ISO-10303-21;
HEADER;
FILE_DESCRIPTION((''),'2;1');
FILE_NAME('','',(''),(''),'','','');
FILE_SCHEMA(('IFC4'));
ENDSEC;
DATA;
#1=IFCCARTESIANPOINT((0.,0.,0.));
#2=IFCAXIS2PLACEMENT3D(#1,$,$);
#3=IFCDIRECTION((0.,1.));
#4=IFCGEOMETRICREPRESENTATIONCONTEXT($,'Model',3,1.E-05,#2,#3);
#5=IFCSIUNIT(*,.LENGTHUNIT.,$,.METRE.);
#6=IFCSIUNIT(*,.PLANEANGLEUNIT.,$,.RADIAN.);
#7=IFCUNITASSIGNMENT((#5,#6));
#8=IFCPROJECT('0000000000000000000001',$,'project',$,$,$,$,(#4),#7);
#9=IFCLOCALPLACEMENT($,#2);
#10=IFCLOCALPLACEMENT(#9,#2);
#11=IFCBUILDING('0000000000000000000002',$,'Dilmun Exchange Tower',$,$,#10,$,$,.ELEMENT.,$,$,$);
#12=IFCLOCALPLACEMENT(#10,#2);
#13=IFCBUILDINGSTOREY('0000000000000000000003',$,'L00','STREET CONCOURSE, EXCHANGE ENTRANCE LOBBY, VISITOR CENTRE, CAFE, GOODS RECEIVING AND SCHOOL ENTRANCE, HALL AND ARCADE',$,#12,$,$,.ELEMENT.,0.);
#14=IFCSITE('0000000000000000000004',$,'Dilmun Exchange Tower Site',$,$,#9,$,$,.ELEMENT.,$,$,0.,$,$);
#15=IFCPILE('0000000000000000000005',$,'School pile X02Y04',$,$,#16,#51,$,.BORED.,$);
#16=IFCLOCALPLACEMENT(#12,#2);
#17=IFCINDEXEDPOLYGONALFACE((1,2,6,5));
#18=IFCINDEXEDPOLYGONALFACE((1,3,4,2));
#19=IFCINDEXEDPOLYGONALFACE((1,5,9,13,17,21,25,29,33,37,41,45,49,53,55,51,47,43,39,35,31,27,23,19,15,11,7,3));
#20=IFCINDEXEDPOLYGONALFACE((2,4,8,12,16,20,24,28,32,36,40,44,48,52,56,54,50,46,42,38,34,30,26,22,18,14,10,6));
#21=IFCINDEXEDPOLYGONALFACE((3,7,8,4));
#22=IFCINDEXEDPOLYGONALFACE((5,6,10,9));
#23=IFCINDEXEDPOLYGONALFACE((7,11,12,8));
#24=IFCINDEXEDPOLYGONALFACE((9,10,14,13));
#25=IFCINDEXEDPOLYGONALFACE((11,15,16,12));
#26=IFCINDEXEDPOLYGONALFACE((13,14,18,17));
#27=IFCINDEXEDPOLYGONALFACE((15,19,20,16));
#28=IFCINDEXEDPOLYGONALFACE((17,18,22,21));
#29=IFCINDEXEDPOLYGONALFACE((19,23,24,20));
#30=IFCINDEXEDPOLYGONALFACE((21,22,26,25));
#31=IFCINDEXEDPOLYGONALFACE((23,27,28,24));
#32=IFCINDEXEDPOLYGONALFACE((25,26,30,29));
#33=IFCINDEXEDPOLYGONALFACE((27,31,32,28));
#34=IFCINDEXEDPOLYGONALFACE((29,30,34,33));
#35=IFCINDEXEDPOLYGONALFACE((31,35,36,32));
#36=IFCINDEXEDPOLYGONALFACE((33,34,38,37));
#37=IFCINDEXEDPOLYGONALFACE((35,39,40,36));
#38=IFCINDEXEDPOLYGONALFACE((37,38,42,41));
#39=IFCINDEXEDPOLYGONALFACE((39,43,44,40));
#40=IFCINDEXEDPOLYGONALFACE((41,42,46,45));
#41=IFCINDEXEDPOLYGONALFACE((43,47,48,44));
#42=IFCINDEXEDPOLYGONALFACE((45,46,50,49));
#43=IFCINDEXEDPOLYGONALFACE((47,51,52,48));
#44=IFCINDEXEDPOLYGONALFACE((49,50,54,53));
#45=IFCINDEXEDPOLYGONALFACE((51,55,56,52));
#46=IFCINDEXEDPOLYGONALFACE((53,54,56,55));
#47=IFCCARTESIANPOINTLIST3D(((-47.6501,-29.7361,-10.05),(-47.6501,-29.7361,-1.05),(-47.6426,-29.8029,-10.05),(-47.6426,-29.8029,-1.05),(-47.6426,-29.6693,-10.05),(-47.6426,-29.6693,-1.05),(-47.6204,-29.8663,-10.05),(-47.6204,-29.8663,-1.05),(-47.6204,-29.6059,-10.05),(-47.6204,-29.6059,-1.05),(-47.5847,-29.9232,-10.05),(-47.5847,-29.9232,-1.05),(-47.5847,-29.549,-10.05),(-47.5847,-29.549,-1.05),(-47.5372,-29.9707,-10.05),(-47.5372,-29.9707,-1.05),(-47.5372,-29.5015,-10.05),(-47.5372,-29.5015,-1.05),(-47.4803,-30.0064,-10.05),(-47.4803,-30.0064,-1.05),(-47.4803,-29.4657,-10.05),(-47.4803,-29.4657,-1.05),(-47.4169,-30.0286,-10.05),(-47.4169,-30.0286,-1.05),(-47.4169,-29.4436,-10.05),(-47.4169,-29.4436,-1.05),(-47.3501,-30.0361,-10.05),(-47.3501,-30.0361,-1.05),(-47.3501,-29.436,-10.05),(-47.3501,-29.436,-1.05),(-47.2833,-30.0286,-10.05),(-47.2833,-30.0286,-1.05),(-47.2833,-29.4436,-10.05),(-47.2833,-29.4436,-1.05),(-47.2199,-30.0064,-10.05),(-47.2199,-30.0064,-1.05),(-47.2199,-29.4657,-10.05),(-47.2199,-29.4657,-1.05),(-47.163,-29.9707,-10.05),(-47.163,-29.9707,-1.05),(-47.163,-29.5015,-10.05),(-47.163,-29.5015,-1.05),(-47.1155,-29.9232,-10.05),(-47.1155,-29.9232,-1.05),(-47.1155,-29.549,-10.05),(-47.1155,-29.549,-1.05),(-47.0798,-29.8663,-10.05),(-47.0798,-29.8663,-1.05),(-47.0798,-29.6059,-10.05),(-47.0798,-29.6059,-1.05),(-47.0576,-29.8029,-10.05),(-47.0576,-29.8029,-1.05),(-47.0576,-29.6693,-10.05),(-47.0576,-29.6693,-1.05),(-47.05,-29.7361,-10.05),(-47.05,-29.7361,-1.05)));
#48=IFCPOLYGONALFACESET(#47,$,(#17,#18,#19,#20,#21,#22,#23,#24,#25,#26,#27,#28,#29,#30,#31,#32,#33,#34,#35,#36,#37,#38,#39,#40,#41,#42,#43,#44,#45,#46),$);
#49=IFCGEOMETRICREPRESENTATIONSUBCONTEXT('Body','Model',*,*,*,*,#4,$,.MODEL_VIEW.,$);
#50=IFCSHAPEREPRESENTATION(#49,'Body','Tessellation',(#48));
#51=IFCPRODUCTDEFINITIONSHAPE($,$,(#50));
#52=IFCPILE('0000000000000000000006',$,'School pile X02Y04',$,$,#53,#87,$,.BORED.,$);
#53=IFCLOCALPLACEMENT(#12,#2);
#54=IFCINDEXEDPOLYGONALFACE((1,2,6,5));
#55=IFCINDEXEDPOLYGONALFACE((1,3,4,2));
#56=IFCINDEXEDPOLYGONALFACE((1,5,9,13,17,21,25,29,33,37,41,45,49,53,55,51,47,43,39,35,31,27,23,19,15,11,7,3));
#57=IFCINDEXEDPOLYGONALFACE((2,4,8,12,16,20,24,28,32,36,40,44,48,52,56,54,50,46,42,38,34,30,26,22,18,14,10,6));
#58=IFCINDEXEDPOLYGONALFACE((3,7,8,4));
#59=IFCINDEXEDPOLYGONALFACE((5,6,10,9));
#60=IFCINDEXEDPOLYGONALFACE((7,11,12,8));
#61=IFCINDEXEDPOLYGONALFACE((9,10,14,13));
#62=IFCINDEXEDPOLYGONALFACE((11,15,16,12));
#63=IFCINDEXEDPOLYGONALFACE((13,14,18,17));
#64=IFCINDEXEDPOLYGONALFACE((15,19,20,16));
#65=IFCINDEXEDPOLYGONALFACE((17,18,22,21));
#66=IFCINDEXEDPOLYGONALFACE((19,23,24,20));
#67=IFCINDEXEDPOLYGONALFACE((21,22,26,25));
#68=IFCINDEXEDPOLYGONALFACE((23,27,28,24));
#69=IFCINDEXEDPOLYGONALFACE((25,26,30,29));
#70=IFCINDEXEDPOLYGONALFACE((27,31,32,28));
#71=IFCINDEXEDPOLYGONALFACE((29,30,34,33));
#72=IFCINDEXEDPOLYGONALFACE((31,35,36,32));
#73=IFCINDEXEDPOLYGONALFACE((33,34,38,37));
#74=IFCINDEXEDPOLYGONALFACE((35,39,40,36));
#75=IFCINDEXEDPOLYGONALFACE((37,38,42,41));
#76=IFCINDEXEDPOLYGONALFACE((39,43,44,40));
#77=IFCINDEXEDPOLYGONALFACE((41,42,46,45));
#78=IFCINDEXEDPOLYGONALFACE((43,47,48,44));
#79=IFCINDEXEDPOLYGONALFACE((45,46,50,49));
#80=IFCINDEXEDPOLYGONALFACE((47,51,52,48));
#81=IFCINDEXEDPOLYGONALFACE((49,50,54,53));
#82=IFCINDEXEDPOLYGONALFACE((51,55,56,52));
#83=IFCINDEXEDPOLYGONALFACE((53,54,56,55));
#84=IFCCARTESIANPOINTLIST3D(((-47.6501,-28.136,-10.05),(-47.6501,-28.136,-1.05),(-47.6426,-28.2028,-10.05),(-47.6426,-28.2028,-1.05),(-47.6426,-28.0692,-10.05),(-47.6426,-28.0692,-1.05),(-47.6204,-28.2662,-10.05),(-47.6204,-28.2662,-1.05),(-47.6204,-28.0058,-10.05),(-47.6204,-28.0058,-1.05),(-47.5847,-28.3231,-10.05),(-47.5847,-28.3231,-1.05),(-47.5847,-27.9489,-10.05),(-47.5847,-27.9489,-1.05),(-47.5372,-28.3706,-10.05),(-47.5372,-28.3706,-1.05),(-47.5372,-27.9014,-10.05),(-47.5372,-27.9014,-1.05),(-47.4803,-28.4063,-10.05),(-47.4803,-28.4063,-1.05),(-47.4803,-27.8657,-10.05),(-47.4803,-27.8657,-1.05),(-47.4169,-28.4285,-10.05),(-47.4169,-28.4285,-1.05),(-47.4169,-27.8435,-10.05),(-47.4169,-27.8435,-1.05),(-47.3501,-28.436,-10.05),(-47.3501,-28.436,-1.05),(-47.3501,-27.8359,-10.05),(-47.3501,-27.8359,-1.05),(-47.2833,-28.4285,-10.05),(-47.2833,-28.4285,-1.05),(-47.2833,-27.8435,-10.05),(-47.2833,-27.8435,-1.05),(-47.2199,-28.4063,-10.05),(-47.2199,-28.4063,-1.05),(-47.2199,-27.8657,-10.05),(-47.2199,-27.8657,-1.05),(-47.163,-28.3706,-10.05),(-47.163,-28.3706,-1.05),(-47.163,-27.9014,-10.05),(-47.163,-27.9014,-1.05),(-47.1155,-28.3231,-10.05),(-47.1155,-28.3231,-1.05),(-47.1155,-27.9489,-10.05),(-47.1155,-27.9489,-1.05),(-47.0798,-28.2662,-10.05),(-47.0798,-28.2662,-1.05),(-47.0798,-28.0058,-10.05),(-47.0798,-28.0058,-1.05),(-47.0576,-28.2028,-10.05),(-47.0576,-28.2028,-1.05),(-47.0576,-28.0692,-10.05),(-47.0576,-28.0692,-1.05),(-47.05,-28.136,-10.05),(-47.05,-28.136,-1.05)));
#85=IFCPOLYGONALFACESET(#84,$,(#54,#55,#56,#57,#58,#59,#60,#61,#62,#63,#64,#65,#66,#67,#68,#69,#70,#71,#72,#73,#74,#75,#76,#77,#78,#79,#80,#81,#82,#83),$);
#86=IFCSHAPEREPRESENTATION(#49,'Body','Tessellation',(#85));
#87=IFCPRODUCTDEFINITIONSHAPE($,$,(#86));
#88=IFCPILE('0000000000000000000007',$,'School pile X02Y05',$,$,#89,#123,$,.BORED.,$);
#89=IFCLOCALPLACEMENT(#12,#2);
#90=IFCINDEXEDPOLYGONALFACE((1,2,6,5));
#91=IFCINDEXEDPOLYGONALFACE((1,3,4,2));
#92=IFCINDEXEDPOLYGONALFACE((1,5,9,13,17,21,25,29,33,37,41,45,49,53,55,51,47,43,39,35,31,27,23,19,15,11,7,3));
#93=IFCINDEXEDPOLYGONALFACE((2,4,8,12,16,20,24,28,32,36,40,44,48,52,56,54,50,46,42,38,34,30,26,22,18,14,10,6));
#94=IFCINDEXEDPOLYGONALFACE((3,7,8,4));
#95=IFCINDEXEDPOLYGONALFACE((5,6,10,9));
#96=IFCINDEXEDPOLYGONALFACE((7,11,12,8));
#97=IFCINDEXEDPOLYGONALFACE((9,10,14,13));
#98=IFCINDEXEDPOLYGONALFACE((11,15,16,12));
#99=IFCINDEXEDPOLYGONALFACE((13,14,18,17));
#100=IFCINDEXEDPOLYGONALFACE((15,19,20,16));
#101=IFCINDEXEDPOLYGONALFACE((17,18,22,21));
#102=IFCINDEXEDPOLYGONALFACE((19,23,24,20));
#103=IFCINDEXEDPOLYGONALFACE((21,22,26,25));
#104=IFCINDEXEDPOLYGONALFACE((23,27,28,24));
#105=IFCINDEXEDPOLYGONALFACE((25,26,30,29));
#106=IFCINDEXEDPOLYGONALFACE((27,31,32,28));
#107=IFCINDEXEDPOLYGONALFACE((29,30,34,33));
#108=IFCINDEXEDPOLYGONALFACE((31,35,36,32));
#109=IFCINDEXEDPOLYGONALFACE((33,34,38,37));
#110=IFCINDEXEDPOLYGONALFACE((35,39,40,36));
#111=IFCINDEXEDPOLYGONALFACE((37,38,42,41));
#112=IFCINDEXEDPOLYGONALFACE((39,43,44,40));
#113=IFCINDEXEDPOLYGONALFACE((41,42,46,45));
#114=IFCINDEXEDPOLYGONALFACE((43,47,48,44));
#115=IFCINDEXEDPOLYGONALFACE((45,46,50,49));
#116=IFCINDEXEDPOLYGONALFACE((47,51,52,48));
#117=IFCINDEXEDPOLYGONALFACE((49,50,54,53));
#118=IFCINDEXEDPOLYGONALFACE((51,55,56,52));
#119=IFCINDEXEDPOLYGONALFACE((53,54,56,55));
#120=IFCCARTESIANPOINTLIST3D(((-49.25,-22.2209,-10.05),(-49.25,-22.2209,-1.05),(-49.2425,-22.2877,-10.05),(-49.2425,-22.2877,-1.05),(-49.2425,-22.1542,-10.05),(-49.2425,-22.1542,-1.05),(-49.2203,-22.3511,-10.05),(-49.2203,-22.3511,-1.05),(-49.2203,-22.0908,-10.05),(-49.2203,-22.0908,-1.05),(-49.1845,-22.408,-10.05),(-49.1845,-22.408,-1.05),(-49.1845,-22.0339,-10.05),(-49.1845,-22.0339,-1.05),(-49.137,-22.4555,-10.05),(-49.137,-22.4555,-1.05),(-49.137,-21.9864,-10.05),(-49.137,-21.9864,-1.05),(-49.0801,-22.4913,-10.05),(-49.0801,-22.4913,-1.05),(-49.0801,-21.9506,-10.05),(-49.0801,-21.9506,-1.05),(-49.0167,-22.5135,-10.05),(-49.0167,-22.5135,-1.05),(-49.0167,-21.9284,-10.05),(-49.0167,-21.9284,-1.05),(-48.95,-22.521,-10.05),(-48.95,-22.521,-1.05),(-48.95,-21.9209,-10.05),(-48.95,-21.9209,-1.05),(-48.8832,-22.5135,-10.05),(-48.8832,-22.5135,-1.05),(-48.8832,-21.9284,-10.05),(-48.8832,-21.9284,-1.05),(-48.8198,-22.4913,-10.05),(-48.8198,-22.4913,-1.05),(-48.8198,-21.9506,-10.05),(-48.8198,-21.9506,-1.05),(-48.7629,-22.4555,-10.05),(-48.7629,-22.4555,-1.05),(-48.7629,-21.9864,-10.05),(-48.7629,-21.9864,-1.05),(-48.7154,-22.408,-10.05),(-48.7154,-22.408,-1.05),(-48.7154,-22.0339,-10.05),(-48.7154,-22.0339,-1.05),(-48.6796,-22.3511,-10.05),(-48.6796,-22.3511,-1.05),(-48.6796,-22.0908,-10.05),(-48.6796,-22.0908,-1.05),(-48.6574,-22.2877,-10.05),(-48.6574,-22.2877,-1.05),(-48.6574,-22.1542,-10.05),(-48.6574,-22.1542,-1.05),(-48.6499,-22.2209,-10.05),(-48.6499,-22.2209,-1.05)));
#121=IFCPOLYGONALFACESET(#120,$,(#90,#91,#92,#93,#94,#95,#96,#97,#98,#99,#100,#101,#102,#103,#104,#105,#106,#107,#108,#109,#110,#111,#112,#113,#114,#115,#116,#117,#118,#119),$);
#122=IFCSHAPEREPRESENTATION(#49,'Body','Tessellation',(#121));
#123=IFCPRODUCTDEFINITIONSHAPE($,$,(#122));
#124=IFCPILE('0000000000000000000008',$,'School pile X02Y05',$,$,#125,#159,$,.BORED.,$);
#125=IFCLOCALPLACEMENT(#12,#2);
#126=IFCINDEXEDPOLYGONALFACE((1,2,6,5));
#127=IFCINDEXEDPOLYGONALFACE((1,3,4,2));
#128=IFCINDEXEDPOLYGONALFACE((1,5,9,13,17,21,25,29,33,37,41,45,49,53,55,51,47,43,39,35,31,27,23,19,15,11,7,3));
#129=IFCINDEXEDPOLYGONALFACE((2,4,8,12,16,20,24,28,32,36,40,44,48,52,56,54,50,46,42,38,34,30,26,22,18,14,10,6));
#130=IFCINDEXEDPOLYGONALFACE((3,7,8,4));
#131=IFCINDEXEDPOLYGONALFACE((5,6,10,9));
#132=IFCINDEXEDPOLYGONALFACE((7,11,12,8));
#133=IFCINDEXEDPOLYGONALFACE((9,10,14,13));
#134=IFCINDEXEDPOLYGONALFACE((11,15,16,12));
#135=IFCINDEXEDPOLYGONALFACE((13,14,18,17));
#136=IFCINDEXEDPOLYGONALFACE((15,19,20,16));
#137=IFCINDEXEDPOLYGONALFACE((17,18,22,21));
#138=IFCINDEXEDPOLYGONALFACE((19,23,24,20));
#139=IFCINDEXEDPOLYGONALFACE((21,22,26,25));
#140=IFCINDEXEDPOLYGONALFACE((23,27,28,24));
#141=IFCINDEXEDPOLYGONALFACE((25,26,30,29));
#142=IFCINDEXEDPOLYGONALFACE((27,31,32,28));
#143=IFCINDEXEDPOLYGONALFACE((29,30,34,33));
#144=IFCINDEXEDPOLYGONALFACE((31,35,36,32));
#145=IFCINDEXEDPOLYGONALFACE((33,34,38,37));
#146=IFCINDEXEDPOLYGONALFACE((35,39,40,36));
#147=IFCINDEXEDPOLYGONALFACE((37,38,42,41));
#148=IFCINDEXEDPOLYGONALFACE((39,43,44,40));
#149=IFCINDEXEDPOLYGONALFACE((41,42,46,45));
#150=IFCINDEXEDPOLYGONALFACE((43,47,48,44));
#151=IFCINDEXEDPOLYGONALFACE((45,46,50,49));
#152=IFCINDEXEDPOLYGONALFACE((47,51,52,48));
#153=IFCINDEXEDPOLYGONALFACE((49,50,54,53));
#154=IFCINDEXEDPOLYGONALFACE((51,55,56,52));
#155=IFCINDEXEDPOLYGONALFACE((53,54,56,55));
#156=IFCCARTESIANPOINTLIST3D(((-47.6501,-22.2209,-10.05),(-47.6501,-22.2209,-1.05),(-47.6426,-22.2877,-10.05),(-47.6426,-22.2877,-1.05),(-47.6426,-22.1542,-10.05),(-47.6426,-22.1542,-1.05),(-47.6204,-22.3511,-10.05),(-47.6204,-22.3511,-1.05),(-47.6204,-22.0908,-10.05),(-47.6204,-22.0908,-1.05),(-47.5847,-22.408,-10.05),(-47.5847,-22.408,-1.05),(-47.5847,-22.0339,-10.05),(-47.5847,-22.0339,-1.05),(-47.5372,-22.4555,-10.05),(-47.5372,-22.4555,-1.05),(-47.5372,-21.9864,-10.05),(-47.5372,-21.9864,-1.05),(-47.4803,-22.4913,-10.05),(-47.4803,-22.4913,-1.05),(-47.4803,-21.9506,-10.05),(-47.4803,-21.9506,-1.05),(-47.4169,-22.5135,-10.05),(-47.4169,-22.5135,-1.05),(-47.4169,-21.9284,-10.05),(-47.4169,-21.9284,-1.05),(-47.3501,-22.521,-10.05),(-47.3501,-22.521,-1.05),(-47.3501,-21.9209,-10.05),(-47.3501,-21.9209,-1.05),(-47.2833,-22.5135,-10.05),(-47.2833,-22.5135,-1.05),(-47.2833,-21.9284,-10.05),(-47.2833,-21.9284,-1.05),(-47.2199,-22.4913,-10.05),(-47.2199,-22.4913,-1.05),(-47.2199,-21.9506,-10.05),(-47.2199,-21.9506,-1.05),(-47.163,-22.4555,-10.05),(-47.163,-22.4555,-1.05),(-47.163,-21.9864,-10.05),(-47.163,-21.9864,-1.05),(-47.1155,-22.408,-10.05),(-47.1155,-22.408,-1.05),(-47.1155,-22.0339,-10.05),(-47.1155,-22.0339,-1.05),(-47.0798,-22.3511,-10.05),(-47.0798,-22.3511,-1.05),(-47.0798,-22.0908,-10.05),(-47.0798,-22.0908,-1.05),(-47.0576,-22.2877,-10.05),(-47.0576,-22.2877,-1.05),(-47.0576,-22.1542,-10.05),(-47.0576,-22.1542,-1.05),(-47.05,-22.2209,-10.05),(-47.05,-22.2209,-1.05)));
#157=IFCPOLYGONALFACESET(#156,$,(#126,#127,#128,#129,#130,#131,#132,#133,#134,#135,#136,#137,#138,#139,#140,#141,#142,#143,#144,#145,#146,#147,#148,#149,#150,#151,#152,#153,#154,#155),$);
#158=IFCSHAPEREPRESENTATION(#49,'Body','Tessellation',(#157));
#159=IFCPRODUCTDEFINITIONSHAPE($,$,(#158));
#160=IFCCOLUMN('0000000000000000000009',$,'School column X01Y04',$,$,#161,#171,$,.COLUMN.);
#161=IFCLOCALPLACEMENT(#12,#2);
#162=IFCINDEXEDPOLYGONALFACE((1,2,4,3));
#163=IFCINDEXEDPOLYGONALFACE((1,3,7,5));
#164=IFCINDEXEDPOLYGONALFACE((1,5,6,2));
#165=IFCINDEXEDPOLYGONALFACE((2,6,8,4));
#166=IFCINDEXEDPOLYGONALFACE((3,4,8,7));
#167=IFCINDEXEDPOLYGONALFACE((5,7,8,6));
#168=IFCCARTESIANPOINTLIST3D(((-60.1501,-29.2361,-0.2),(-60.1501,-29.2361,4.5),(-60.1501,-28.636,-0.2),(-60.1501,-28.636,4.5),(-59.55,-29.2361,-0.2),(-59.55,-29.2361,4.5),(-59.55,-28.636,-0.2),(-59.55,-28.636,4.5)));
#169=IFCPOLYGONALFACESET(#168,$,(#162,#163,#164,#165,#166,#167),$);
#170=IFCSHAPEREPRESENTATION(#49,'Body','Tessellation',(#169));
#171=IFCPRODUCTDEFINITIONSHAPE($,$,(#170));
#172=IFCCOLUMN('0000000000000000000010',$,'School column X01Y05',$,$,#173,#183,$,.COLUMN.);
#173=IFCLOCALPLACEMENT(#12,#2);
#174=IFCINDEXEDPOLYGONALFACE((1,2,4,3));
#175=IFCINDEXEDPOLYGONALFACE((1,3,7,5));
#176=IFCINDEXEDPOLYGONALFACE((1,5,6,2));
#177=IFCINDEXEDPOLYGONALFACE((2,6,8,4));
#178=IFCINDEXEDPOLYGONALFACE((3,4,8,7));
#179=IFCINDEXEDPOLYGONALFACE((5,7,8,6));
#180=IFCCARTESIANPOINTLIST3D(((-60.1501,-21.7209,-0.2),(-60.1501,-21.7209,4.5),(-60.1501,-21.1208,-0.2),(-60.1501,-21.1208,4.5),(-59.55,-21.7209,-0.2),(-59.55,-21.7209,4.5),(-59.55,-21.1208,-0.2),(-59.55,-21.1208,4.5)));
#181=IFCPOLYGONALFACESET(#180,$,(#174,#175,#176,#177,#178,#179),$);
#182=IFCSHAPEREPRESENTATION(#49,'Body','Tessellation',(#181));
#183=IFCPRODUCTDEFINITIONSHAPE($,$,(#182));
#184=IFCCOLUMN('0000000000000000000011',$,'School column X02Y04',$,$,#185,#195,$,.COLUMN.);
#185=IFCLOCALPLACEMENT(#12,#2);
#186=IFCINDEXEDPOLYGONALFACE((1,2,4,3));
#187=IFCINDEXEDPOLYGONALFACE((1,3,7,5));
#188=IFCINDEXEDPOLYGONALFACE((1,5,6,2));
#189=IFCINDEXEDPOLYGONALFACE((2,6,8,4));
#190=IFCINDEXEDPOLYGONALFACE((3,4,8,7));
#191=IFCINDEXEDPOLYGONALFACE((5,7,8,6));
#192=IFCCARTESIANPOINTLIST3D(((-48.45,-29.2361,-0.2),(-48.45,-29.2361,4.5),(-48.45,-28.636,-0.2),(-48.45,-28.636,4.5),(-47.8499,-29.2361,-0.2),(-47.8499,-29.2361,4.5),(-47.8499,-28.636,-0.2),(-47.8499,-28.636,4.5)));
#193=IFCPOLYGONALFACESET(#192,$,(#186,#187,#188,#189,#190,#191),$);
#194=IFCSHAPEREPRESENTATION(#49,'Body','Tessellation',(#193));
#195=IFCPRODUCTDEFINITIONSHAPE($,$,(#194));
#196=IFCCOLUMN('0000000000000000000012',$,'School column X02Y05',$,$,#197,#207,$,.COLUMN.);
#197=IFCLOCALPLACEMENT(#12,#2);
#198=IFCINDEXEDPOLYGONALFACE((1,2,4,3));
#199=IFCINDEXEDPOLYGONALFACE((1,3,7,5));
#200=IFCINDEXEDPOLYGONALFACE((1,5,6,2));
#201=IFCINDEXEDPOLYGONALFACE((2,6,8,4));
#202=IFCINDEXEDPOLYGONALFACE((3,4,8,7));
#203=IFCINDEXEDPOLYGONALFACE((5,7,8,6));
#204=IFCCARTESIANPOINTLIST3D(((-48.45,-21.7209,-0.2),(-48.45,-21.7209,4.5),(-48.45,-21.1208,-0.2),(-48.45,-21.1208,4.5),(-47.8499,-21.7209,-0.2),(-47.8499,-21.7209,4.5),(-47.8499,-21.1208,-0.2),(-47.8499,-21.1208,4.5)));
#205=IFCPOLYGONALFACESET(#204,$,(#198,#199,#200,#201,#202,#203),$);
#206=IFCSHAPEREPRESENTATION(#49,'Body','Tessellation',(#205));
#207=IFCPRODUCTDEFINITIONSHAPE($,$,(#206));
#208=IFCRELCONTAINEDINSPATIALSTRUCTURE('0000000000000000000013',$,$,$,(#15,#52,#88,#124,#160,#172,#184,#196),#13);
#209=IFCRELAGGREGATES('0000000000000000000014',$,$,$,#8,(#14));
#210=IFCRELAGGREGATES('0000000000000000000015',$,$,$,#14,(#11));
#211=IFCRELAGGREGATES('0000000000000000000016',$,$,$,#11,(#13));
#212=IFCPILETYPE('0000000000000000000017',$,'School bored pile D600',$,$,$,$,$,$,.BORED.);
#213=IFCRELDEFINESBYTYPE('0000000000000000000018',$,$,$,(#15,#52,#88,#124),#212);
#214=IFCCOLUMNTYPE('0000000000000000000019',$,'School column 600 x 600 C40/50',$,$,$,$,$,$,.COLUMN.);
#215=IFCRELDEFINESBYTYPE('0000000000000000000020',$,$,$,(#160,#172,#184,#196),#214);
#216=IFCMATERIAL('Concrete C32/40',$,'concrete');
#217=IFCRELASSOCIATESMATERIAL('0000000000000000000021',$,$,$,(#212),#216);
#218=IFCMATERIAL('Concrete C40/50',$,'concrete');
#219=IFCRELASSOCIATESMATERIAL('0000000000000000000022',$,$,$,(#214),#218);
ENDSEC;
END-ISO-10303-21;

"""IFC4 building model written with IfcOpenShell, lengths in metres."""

from ifc_helpers import new_model, si_unit, direction, frame, origin, origin_2d, place, context, subcontext, project, spatial, rectangle, circle, extrude, material, material_profile, profile_set, type_object, element, save


model = new_model("IFC4")

# Units and contexts
model_context = context("Model", 3, precision=1e-05, world=origin(), true_north=direction((0.0, 1.0)))
body_context = subcontext(model_context, "Body", "Model", "MODEL_VIEW")
ifc_project = project(units=[si_unit("LENGTHUNIT", "METRE"), si_unit("PLANEANGLEUNIT", "RADIAN")], contexts=[model_context])

# Site, building, storey
site_placement = place(None, origin())
site = spatial("IfcSite", under=ifc_project, at=site_placement, Name="Dilmun Exchange Tower Site", CompositionType="ELEMENT", RefElevation=0.0)
building_placement = place(site_placement, origin())
building = spatial("IfcBuilding", under=site, at=building_placement, Name="Dilmun Exchange Tower", CompositionType="ELEMENT")
storey_placement = place(building_placement, origin())
storey = spatial("IfcBuildingStorey", under=building, at=storey_placement, Name="L00", Description="STREET CONCOURSE, EXCHANGE ENTRANCE LOBBY, VISITOR CENTRE, CAFE, GOODS RECEIVING AND SCHOOL ENTRANCE, HALL AND ARCADE", CompositionType="ELEMENT", Elevation=0.0)

# Piles
ifc_material_1 = material(Name="Concrete C32/40", Category="concrete")
ifc_material_profile_1 = material_profile(ifc_material_1, circle(Radius=0.3, at=origin_2d()), Name="D600")
ifc_profile_set_1 = profile_set([ifc_material_profile_1], Name="Concrete C32/40")
pile_type = type_object("IfcPileType", Name="School bored pile D600", PredefinedType="BORED", material=ifc_profile_set_1)
for number, where, z_axis, x_axis, name in (
    (1, (-47.3501, -29.7361, -1.05), (0.0, 0.0, -1.0), (1.0, 0.0, 0.0), "School pile X02Y04"),
    (2, (-47.3501, -28.136, -1.05), (0.0, 0.0, -1.0), (1.0, 0.0, 0.0), "School pile X02Y04"),
    (3, (-48.95, -22.2209, -1.05), (0.0, 0.0, -1.0), (1.0, 0.0, 0.0), "School pile X02Y05"),
    (4, (-47.3501, -22.2209, -1.05), (0.0, 0.0, -1.0), (1.0, 0.0, 0.0), "School pile X02Y05"),
):
    element("IfcPile", number, at=place(storey_placement, frame(where, z_axis=z_axis, x_axis=x_axis)), inside=storey, type_object=pile_type, Name=name, PredefinedType="BORED", context=body_context, shape_type="SweptSolid", body=[
        extrude(circle(Radius=0.3, at=origin_2d()), origin(), (0.0, 0.0, 1.0), 9.0),
    ])

# Columns
ifc_material_2 = material(Name="Concrete C40/50", Category="concrete")
ifc_material_profile_2 = material_profile(ifc_material_2, rectangle(XDim=0.6001, YDim=0.6001, at=origin_2d()), Name="600 x 600")
ifc_profile_set_2 = profile_set([ifc_material_profile_2], Name="Concrete C40/50")
column_type = type_object("IfcColumnType", Name="School column 600 x 600 C40/50", PredefinedType="COLUMN", material=ifc_profile_set_2)
for number, where, z_axis, x_axis, name in (
    (5, (-59.8501, -28.936, -0.2), (0.0, 0.0, 1.0), (1.0, 0.0, 0.0), "School column X01Y04"),
    (6, (-59.8501, -21.4209, -0.2), (0.0, 0.0, 1.0), (1.0, 0.0, 0.0), "School column X01Y05"),
    (7, (-48.1499, -28.936, -0.2), (0.0, 0.0, 1.0), (1.0, 0.0, 0.0), "School column X02Y04"),
    (8, (-48.1499, -21.4209, -0.2), (0.0, 0.0, 1.0), (1.0, 0.0, 0.0), "School column X02Y05"),
):
    element("IfcColumn", number, at=place(storey_placement, frame(where, z_axis=z_axis, x_axis=x_axis)), inside=storey, type_object=column_type, Name=name, PredefinedType="COLUMN", context=body_context, shape_type="SweptSolid", body=[
        extrude(rectangle(XDim=0.6001, YDim=0.6001, at=origin_2d()), origin(), (0.0, 0.0, 1.0), 4.7),
    ])

save(model, "model.ifc")
